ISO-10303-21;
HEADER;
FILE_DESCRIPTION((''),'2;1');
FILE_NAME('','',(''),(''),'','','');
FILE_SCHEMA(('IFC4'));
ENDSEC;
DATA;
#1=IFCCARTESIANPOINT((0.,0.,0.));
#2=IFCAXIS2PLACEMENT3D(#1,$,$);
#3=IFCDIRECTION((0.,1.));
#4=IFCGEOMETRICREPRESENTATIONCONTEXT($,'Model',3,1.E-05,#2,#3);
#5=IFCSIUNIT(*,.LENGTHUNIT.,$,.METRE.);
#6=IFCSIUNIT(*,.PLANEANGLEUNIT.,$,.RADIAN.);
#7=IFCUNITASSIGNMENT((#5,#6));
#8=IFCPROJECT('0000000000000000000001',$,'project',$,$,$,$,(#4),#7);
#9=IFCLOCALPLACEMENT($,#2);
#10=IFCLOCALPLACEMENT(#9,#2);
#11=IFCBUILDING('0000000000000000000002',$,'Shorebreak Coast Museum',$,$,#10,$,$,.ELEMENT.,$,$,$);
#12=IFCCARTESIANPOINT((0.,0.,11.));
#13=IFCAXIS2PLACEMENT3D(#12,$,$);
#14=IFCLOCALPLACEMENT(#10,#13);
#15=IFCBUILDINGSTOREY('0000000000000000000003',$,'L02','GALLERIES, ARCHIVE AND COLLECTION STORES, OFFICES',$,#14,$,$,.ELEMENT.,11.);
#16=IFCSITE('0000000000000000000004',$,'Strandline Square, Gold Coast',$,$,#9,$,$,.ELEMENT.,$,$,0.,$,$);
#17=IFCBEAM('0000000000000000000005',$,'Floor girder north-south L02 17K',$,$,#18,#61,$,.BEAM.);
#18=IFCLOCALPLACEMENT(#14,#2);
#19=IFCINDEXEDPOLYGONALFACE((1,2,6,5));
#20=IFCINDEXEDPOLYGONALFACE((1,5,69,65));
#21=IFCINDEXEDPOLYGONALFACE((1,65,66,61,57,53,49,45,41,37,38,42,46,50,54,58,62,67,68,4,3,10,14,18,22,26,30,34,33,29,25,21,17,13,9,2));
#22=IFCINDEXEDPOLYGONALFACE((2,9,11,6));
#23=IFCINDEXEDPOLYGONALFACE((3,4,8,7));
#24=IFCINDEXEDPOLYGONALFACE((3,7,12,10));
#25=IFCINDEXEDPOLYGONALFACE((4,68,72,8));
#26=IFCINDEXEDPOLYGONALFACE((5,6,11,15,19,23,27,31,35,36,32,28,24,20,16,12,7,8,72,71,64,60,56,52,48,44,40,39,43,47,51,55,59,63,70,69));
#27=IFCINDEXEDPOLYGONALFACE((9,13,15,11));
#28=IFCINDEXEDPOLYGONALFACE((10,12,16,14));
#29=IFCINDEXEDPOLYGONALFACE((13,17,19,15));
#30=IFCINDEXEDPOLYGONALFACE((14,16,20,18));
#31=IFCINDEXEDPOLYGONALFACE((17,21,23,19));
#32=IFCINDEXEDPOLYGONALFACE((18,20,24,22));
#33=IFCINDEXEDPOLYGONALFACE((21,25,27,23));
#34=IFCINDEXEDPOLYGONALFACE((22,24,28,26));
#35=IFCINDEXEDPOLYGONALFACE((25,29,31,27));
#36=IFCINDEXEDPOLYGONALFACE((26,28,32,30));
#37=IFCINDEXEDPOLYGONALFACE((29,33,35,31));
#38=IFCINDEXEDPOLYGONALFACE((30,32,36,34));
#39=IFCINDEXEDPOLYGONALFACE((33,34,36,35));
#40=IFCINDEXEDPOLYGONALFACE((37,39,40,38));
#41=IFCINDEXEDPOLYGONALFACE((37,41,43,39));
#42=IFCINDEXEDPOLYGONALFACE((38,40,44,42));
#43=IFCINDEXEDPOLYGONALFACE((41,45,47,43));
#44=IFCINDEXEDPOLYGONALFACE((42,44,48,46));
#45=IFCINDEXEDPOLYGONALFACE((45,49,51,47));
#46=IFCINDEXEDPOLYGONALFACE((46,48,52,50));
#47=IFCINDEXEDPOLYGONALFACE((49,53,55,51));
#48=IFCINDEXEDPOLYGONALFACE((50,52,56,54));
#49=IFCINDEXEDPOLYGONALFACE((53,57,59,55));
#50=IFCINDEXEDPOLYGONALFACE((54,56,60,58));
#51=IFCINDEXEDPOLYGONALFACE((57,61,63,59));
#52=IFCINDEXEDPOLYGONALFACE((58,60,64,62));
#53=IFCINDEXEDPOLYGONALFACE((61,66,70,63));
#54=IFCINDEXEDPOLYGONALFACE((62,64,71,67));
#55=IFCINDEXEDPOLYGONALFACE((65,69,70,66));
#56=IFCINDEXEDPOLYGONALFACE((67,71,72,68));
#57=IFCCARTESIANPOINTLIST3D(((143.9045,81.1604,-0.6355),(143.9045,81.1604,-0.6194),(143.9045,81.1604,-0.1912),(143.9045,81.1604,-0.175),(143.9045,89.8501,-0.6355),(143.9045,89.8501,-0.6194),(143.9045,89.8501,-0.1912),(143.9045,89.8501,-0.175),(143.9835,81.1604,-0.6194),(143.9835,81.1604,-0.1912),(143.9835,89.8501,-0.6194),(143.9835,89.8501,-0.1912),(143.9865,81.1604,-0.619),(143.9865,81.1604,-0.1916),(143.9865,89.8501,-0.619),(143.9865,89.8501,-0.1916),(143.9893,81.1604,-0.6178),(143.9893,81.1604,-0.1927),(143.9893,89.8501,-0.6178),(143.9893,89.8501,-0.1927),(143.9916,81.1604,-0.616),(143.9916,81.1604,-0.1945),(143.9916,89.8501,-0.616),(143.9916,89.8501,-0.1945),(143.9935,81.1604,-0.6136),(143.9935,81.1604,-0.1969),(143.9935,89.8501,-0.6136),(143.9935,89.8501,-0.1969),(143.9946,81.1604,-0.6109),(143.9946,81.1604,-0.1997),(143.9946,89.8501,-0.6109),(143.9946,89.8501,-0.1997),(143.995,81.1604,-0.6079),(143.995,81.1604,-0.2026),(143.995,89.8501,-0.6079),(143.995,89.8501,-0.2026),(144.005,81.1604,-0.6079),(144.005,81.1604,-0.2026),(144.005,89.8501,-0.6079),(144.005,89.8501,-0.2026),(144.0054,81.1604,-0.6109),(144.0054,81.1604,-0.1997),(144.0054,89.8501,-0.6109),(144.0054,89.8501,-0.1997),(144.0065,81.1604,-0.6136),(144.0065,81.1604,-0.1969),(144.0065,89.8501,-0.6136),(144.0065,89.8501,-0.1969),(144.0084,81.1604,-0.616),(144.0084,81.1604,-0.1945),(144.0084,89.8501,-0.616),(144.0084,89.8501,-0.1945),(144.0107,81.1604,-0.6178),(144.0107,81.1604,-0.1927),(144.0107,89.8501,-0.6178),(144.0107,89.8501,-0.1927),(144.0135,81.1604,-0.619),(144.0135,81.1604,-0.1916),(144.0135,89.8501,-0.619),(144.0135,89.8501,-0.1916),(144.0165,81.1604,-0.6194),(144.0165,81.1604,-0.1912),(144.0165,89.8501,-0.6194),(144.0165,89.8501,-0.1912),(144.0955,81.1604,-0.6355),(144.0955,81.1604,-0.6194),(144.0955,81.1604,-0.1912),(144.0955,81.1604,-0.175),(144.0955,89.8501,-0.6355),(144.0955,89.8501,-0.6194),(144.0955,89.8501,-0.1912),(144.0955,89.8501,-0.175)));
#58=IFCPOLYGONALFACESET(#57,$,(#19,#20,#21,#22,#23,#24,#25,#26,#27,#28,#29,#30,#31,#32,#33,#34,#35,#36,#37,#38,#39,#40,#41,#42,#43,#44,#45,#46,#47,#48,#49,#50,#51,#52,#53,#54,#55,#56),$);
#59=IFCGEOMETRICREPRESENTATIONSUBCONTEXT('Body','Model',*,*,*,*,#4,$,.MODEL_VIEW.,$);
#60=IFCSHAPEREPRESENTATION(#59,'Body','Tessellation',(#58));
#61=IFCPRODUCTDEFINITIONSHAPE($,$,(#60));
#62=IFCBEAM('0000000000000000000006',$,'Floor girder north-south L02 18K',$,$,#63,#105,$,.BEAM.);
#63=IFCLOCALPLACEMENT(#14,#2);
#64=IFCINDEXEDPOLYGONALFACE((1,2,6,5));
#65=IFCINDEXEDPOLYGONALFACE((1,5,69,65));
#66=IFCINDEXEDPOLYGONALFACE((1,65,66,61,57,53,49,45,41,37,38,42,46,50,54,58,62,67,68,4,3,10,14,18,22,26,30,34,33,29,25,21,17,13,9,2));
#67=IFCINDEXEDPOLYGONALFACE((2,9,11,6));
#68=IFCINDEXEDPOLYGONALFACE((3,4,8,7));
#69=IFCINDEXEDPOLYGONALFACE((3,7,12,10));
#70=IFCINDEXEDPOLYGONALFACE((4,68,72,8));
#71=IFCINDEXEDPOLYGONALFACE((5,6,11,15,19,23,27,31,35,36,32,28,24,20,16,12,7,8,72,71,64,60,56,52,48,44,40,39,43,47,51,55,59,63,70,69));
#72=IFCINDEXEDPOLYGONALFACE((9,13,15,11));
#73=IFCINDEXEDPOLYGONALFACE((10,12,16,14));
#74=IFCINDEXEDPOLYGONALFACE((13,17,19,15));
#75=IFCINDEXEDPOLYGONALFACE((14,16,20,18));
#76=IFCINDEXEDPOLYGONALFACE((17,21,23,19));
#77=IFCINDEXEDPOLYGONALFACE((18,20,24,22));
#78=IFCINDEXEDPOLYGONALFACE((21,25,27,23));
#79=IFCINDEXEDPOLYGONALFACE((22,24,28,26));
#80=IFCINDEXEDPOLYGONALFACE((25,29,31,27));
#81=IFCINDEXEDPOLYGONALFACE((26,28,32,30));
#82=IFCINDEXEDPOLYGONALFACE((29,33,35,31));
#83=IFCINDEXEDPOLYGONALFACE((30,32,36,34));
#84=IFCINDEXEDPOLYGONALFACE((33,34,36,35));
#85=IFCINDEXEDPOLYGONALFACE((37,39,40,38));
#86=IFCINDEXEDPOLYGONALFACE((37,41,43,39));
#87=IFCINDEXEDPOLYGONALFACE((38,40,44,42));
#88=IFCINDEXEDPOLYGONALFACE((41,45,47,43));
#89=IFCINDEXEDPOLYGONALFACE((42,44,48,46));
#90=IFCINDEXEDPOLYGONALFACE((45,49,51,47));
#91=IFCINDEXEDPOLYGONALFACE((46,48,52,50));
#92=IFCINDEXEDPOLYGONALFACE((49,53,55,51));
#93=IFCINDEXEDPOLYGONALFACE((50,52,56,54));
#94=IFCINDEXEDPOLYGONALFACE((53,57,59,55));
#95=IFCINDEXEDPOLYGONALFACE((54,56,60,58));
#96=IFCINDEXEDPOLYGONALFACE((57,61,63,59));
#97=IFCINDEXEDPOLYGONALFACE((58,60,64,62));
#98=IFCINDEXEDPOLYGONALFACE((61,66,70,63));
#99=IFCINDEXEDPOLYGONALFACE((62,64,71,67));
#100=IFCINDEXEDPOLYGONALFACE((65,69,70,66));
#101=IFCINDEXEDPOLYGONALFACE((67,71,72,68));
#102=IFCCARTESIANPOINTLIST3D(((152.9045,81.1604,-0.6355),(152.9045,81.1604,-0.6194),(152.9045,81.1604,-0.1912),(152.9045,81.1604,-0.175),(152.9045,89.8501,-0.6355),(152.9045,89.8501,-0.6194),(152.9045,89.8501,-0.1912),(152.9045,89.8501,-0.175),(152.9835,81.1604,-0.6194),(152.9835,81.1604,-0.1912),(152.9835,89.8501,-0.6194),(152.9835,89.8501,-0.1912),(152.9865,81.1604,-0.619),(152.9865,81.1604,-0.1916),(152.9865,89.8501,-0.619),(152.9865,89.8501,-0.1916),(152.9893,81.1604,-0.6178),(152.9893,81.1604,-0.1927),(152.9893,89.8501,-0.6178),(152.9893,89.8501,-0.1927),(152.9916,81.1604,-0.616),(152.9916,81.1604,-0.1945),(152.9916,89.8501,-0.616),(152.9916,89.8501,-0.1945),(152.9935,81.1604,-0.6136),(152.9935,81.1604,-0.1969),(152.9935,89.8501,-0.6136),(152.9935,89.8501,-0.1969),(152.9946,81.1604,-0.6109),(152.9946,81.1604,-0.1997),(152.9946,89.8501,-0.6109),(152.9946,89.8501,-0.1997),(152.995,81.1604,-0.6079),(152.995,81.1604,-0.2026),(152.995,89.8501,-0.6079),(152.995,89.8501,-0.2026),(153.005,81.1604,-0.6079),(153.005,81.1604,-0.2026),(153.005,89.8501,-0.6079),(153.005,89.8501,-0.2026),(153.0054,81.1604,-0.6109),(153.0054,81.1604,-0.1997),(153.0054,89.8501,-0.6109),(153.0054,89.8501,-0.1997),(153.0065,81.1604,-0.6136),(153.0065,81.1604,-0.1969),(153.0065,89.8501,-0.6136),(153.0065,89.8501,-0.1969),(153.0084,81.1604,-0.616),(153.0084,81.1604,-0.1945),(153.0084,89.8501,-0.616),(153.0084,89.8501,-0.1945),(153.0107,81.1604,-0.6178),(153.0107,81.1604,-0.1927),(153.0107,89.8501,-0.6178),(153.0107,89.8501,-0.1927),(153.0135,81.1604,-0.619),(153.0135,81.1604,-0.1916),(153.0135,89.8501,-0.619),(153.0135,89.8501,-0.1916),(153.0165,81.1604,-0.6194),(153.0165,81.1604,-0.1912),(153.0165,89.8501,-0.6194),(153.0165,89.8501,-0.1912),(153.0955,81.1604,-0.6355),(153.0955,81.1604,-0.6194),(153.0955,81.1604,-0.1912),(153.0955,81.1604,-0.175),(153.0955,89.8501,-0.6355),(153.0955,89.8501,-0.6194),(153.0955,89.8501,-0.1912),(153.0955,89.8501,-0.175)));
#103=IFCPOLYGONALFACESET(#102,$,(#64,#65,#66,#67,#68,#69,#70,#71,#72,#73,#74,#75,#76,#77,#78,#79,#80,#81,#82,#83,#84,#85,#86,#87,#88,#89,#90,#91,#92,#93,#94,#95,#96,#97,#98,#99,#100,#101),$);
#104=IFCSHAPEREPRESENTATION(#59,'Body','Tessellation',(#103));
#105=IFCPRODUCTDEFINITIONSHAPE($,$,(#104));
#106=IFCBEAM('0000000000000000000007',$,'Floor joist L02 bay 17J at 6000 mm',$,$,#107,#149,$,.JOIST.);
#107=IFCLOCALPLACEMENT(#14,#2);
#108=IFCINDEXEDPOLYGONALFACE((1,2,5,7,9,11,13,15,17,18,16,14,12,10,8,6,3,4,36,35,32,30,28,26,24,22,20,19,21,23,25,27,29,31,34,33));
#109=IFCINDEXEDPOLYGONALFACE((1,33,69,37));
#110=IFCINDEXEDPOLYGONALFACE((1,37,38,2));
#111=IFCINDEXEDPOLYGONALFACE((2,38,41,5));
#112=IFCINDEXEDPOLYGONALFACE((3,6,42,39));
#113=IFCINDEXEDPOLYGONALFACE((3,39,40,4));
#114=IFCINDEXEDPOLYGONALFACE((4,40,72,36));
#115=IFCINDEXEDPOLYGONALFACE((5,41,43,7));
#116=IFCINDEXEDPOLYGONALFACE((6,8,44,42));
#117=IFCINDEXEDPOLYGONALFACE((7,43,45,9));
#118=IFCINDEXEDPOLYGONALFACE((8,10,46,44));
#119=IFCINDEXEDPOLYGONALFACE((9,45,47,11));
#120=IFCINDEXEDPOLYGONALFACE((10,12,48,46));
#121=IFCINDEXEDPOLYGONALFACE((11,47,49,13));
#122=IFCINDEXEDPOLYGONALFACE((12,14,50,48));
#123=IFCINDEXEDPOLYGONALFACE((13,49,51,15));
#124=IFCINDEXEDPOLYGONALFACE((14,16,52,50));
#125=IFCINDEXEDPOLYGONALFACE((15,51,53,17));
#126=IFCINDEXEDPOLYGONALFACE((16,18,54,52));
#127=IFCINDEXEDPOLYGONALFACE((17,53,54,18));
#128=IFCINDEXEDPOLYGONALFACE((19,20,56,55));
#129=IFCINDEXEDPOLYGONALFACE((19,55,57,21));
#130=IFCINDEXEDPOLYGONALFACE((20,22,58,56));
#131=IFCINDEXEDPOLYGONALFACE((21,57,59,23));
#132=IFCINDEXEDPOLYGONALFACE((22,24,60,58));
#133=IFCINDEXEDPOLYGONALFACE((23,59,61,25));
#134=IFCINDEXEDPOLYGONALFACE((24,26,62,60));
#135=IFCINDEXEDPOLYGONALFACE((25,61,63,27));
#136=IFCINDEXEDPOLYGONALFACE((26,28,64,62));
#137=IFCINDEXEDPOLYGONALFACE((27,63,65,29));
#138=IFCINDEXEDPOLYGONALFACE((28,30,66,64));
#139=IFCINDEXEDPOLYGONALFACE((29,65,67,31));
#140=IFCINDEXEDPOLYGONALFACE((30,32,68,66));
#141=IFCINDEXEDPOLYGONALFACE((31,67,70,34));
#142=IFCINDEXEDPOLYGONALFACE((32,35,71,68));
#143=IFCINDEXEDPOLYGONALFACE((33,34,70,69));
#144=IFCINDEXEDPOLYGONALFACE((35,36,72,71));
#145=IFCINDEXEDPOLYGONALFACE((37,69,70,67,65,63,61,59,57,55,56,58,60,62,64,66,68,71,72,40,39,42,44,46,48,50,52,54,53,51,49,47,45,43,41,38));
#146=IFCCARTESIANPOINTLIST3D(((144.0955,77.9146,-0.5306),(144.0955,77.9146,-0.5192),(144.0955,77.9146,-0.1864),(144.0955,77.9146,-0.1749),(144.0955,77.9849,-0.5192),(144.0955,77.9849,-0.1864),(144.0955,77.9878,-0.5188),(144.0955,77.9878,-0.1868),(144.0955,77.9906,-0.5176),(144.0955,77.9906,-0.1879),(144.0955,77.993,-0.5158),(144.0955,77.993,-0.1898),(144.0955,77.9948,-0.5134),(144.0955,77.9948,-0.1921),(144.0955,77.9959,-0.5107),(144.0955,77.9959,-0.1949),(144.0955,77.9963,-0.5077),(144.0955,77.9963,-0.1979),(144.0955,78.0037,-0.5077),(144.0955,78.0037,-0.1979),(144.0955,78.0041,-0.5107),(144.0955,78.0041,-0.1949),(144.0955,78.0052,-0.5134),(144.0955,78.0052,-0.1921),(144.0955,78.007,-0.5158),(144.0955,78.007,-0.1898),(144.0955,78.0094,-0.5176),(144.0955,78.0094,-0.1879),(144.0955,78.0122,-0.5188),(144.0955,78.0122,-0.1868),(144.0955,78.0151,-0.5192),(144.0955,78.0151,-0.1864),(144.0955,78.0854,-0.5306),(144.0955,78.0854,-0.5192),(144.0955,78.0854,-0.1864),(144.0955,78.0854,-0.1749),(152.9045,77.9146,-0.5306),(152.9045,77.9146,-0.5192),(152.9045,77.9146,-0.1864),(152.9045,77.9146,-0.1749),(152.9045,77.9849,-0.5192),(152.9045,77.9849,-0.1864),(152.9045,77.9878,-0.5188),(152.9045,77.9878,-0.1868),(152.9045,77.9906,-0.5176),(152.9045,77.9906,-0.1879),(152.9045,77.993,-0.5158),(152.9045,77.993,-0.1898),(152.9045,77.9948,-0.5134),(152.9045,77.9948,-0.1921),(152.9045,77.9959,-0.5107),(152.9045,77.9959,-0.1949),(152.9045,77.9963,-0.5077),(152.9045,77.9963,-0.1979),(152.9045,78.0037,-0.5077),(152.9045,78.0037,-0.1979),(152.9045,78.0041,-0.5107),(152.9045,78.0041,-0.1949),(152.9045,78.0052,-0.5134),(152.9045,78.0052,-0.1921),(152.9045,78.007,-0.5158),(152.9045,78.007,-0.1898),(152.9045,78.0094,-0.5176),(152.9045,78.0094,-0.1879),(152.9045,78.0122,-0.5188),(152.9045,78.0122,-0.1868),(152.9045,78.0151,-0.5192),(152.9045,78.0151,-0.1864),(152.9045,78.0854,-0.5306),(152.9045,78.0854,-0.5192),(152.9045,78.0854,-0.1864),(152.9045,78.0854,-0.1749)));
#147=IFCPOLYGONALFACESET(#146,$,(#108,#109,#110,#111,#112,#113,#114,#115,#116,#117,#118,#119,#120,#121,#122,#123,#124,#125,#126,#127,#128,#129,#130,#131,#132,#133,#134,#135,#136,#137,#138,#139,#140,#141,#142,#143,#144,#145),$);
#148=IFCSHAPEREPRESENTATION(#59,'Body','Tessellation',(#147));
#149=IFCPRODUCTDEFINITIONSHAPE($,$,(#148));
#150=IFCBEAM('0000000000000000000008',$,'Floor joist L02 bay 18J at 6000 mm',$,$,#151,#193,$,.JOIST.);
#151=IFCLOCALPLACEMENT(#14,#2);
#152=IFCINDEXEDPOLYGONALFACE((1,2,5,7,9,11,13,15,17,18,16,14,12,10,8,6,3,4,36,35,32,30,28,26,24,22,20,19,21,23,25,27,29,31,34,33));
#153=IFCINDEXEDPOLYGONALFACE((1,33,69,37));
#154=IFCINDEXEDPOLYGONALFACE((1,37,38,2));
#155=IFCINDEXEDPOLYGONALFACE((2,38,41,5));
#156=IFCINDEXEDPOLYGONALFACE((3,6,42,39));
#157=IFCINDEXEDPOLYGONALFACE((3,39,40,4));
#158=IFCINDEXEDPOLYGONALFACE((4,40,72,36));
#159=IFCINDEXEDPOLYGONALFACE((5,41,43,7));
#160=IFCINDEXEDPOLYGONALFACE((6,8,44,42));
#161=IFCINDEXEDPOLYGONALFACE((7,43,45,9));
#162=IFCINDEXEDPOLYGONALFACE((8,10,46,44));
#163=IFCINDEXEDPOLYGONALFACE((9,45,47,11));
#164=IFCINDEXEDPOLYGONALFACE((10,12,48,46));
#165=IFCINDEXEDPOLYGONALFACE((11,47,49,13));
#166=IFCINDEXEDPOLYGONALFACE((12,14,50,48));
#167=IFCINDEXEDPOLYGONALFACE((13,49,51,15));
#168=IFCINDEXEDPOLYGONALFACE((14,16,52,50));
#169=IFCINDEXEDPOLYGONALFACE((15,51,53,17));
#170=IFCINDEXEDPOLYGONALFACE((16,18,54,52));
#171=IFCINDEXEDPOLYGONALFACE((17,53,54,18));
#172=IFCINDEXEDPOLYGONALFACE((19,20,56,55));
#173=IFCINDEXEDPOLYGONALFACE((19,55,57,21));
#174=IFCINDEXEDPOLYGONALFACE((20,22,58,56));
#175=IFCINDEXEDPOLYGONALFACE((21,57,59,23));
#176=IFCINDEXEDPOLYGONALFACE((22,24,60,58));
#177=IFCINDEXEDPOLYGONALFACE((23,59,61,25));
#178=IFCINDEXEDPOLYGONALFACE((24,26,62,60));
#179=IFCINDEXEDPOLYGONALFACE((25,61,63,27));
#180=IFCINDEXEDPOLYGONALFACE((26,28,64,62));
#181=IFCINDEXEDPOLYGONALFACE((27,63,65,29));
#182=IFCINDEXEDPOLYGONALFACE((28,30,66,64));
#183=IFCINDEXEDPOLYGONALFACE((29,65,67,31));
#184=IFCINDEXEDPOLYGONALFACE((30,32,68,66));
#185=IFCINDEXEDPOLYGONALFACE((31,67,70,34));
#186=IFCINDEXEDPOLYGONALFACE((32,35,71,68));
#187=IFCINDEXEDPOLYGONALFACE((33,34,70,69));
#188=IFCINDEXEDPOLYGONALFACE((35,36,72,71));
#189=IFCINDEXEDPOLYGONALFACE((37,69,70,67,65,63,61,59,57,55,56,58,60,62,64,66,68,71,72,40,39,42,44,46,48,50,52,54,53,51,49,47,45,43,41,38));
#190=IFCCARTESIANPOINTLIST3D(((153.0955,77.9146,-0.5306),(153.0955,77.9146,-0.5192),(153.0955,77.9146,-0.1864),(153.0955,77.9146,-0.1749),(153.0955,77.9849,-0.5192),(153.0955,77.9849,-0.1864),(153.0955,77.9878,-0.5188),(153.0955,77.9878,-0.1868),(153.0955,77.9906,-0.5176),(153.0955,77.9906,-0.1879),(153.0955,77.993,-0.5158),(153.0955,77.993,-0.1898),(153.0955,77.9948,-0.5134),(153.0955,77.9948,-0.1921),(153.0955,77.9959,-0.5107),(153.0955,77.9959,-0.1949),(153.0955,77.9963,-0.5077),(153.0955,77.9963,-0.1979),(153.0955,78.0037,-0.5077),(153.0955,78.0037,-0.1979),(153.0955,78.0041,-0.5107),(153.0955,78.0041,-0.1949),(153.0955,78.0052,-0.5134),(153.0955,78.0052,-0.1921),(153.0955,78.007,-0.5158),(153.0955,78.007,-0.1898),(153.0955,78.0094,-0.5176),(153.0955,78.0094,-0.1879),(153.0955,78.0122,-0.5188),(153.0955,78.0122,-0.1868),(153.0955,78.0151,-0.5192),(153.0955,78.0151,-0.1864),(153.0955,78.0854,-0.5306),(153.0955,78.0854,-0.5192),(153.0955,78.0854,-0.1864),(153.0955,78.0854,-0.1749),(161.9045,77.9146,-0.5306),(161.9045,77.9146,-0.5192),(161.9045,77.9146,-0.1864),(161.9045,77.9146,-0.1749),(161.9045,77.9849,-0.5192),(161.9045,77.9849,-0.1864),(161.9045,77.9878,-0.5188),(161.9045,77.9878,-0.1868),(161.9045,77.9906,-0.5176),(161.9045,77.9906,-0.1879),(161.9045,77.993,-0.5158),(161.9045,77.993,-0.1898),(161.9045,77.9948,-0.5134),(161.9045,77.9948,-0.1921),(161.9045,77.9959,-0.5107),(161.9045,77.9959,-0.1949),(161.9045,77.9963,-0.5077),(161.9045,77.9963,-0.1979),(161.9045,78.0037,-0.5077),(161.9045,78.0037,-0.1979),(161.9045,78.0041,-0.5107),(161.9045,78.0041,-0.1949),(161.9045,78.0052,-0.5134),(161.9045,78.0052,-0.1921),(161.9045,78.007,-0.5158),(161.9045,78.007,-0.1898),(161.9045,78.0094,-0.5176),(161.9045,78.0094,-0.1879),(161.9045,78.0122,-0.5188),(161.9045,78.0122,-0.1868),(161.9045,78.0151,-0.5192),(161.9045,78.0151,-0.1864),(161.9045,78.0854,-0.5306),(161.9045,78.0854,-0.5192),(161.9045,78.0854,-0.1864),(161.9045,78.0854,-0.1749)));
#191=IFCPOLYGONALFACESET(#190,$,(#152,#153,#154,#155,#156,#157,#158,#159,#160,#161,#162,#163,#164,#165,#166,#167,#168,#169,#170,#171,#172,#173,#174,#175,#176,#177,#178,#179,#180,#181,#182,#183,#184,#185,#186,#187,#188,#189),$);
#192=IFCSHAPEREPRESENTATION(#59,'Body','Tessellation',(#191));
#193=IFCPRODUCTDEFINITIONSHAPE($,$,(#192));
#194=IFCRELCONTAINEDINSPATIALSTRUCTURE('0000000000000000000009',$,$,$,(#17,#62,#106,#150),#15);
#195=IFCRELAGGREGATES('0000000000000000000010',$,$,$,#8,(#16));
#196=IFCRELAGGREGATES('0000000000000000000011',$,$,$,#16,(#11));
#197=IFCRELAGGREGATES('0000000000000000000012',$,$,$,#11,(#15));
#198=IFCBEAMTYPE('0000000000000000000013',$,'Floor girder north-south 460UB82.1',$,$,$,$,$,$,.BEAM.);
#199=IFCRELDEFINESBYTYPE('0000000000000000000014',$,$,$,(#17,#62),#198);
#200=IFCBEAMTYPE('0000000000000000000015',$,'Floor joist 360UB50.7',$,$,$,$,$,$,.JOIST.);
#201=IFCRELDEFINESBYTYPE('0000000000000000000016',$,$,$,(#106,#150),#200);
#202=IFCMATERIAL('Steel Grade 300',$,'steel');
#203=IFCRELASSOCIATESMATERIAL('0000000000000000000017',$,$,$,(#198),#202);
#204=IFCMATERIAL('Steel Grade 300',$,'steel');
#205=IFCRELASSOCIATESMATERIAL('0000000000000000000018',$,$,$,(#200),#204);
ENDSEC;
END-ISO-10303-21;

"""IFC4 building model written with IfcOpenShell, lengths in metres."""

from ifc_helpers import new_model, si_unit, direction, frame, origin, origin_2d, place, context, subcontext, project, spatial, i_section, extrude, material, material_profile, profile_set, type_object, element, save


model = new_model("IFC4")

# Units and contexts
model_context = context("Model", 3, precision=1e-05, world=origin(), true_north=direction((0.0, 1.0)))
body_context = subcontext(model_context, "Body", "Model", "MODEL_VIEW")
ifc_project = project(units=[si_unit("LENGTHUNIT", "METRE"), si_unit("PLANEANGLEUNIT", "RADIAN")], contexts=[model_context])

# Site, building, storey
site_placement = place(None, origin())
site = spatial("IfcSite", under=ifc_project, at=site_placement, Name="Strandline Square, Gold Coast", CompositionType="ELEMENT", RefElevation=0.0)
building_placement = place(site_placement, origin())
building = spatial("IfcBuilding", under=site, at=building_placement, Name="Shorebreak Coast Museum", CompositionType="ELEMENT")
storey_placement = place(building_placement, frame((0.0, 0.0, 11.0)))
storey = spatial("IfcBuildingStorey", under=building, at=storey_placement, Name="L02", Description="GALLERIES, ARCHIVE AND COLLECTION STORES, OFFICES", CompositionType="ELEMENT", Elevation=11.0)

# Beams
ifc_material_1 = material(Name="Steel Grade 300", Category="steel")
ifc_material_profile_1 = material_profile(ifc_material_1, i_section(OverallWidth=0.1909, OverallDepth=0.4604, WebThickness=0.01, FlangeThickness=0.0161, FilletRadius=0.0115, at=origin_2d()), Name="460UB82.1")
ifc_profile_set_1 = profile_set([ifc_material_profile_1], Name="Steel Grade 300")
beam_type_1 = type_object("IfcBeamType", Name="Floor girder north-south 460UB82.1", PredefinedType="BEAM", material=ifc_profile_set_1)
for number, where, z_axis, x_axis, name in (
    (1, (144.0, 81.1604, -0.4053), (0.0, 1.0, 0.0), (-1.0, 0.0, 0.0), "Floor girder north-south L02 17K"),
    (2, (153.0, 81.1604, -0.4053), (0.0, 1.0, 0.0), (-1.0, 0.0, 0.0), "Floor girder north-south L02 18K"),
):
    element("IfcBeam", number, at=place(storey_placement, frame(where, z_axis=z_axis, x_axis=x_axis)), inside=storey, type_object=beam_type_1, Name=name, PredefinedType="BEAM", context=body_context, shape_type="SweptSolid", body=[
        extrude(i_section(OverallWidth=0.1909, OverallDepth=0.4604, WebThickness=0.01, FlangeThickness=0.0161, FilletRadius=0.0115, at=origin_2d()), origin(), (0.0, 0.0, 1.0), 8.6897),
    ])
ifc_material_2 = material(Name="Steel Grade 300", Category="steel")
ifc_material_profile_2 = material_profile(ifc_material_2, i_section(OverallWidth=0.1709, OverallDepth=0.3557, WebThickness=0.0073, FlangeThickness=0.0115, FilletRadius=0.0115, at=origin_2d()), Name="360UB50.7")
ifc_profile_set_2 = profile_set([ifc_material_profile_2], Name="Steel Grade 300")
beam_type_2 = type_object("IfcBeamType", Name="Floor joist 360UB50.7", PredefinedType="JOIST", material=ifc_profile_set_2)
for number, where, z_axis, x_axis, name in (
    (3, (144.0955, 78.0, -0.3528), (1.0, 0.0, 0.0), (0.0, 1.0, 0.0), "Floor joist L02 bay 17J at 6000 mm"),
    (4, (153.0955, 78.0, -0.3528), (1.0, 0.0, 0.0), (0.0, 1.0, 0.0), "Floor joist L02 bay 18J at 6000 mm"),
):
    element("IfcBeam", number, at=place(storey_placement, frame(where, z_axis=z_axis, x_axis=x_axis)), inside=storey, type_object=beam_type_2, Name=name, PredefinedType="JOIST", context=body_context, shape_type="SweptSolid", body=[
        extrude(i_section(OverallWidth=0.1709, OverallDepth=0.3557, WebThickness=0.0073, FlangeThickness=0.0115, FilletRadius=0.0115, at=origin_2d()), origin(), (0.0, 0.0, 1.0), 8.8091),
    ])

save(model, "model.ifc")
